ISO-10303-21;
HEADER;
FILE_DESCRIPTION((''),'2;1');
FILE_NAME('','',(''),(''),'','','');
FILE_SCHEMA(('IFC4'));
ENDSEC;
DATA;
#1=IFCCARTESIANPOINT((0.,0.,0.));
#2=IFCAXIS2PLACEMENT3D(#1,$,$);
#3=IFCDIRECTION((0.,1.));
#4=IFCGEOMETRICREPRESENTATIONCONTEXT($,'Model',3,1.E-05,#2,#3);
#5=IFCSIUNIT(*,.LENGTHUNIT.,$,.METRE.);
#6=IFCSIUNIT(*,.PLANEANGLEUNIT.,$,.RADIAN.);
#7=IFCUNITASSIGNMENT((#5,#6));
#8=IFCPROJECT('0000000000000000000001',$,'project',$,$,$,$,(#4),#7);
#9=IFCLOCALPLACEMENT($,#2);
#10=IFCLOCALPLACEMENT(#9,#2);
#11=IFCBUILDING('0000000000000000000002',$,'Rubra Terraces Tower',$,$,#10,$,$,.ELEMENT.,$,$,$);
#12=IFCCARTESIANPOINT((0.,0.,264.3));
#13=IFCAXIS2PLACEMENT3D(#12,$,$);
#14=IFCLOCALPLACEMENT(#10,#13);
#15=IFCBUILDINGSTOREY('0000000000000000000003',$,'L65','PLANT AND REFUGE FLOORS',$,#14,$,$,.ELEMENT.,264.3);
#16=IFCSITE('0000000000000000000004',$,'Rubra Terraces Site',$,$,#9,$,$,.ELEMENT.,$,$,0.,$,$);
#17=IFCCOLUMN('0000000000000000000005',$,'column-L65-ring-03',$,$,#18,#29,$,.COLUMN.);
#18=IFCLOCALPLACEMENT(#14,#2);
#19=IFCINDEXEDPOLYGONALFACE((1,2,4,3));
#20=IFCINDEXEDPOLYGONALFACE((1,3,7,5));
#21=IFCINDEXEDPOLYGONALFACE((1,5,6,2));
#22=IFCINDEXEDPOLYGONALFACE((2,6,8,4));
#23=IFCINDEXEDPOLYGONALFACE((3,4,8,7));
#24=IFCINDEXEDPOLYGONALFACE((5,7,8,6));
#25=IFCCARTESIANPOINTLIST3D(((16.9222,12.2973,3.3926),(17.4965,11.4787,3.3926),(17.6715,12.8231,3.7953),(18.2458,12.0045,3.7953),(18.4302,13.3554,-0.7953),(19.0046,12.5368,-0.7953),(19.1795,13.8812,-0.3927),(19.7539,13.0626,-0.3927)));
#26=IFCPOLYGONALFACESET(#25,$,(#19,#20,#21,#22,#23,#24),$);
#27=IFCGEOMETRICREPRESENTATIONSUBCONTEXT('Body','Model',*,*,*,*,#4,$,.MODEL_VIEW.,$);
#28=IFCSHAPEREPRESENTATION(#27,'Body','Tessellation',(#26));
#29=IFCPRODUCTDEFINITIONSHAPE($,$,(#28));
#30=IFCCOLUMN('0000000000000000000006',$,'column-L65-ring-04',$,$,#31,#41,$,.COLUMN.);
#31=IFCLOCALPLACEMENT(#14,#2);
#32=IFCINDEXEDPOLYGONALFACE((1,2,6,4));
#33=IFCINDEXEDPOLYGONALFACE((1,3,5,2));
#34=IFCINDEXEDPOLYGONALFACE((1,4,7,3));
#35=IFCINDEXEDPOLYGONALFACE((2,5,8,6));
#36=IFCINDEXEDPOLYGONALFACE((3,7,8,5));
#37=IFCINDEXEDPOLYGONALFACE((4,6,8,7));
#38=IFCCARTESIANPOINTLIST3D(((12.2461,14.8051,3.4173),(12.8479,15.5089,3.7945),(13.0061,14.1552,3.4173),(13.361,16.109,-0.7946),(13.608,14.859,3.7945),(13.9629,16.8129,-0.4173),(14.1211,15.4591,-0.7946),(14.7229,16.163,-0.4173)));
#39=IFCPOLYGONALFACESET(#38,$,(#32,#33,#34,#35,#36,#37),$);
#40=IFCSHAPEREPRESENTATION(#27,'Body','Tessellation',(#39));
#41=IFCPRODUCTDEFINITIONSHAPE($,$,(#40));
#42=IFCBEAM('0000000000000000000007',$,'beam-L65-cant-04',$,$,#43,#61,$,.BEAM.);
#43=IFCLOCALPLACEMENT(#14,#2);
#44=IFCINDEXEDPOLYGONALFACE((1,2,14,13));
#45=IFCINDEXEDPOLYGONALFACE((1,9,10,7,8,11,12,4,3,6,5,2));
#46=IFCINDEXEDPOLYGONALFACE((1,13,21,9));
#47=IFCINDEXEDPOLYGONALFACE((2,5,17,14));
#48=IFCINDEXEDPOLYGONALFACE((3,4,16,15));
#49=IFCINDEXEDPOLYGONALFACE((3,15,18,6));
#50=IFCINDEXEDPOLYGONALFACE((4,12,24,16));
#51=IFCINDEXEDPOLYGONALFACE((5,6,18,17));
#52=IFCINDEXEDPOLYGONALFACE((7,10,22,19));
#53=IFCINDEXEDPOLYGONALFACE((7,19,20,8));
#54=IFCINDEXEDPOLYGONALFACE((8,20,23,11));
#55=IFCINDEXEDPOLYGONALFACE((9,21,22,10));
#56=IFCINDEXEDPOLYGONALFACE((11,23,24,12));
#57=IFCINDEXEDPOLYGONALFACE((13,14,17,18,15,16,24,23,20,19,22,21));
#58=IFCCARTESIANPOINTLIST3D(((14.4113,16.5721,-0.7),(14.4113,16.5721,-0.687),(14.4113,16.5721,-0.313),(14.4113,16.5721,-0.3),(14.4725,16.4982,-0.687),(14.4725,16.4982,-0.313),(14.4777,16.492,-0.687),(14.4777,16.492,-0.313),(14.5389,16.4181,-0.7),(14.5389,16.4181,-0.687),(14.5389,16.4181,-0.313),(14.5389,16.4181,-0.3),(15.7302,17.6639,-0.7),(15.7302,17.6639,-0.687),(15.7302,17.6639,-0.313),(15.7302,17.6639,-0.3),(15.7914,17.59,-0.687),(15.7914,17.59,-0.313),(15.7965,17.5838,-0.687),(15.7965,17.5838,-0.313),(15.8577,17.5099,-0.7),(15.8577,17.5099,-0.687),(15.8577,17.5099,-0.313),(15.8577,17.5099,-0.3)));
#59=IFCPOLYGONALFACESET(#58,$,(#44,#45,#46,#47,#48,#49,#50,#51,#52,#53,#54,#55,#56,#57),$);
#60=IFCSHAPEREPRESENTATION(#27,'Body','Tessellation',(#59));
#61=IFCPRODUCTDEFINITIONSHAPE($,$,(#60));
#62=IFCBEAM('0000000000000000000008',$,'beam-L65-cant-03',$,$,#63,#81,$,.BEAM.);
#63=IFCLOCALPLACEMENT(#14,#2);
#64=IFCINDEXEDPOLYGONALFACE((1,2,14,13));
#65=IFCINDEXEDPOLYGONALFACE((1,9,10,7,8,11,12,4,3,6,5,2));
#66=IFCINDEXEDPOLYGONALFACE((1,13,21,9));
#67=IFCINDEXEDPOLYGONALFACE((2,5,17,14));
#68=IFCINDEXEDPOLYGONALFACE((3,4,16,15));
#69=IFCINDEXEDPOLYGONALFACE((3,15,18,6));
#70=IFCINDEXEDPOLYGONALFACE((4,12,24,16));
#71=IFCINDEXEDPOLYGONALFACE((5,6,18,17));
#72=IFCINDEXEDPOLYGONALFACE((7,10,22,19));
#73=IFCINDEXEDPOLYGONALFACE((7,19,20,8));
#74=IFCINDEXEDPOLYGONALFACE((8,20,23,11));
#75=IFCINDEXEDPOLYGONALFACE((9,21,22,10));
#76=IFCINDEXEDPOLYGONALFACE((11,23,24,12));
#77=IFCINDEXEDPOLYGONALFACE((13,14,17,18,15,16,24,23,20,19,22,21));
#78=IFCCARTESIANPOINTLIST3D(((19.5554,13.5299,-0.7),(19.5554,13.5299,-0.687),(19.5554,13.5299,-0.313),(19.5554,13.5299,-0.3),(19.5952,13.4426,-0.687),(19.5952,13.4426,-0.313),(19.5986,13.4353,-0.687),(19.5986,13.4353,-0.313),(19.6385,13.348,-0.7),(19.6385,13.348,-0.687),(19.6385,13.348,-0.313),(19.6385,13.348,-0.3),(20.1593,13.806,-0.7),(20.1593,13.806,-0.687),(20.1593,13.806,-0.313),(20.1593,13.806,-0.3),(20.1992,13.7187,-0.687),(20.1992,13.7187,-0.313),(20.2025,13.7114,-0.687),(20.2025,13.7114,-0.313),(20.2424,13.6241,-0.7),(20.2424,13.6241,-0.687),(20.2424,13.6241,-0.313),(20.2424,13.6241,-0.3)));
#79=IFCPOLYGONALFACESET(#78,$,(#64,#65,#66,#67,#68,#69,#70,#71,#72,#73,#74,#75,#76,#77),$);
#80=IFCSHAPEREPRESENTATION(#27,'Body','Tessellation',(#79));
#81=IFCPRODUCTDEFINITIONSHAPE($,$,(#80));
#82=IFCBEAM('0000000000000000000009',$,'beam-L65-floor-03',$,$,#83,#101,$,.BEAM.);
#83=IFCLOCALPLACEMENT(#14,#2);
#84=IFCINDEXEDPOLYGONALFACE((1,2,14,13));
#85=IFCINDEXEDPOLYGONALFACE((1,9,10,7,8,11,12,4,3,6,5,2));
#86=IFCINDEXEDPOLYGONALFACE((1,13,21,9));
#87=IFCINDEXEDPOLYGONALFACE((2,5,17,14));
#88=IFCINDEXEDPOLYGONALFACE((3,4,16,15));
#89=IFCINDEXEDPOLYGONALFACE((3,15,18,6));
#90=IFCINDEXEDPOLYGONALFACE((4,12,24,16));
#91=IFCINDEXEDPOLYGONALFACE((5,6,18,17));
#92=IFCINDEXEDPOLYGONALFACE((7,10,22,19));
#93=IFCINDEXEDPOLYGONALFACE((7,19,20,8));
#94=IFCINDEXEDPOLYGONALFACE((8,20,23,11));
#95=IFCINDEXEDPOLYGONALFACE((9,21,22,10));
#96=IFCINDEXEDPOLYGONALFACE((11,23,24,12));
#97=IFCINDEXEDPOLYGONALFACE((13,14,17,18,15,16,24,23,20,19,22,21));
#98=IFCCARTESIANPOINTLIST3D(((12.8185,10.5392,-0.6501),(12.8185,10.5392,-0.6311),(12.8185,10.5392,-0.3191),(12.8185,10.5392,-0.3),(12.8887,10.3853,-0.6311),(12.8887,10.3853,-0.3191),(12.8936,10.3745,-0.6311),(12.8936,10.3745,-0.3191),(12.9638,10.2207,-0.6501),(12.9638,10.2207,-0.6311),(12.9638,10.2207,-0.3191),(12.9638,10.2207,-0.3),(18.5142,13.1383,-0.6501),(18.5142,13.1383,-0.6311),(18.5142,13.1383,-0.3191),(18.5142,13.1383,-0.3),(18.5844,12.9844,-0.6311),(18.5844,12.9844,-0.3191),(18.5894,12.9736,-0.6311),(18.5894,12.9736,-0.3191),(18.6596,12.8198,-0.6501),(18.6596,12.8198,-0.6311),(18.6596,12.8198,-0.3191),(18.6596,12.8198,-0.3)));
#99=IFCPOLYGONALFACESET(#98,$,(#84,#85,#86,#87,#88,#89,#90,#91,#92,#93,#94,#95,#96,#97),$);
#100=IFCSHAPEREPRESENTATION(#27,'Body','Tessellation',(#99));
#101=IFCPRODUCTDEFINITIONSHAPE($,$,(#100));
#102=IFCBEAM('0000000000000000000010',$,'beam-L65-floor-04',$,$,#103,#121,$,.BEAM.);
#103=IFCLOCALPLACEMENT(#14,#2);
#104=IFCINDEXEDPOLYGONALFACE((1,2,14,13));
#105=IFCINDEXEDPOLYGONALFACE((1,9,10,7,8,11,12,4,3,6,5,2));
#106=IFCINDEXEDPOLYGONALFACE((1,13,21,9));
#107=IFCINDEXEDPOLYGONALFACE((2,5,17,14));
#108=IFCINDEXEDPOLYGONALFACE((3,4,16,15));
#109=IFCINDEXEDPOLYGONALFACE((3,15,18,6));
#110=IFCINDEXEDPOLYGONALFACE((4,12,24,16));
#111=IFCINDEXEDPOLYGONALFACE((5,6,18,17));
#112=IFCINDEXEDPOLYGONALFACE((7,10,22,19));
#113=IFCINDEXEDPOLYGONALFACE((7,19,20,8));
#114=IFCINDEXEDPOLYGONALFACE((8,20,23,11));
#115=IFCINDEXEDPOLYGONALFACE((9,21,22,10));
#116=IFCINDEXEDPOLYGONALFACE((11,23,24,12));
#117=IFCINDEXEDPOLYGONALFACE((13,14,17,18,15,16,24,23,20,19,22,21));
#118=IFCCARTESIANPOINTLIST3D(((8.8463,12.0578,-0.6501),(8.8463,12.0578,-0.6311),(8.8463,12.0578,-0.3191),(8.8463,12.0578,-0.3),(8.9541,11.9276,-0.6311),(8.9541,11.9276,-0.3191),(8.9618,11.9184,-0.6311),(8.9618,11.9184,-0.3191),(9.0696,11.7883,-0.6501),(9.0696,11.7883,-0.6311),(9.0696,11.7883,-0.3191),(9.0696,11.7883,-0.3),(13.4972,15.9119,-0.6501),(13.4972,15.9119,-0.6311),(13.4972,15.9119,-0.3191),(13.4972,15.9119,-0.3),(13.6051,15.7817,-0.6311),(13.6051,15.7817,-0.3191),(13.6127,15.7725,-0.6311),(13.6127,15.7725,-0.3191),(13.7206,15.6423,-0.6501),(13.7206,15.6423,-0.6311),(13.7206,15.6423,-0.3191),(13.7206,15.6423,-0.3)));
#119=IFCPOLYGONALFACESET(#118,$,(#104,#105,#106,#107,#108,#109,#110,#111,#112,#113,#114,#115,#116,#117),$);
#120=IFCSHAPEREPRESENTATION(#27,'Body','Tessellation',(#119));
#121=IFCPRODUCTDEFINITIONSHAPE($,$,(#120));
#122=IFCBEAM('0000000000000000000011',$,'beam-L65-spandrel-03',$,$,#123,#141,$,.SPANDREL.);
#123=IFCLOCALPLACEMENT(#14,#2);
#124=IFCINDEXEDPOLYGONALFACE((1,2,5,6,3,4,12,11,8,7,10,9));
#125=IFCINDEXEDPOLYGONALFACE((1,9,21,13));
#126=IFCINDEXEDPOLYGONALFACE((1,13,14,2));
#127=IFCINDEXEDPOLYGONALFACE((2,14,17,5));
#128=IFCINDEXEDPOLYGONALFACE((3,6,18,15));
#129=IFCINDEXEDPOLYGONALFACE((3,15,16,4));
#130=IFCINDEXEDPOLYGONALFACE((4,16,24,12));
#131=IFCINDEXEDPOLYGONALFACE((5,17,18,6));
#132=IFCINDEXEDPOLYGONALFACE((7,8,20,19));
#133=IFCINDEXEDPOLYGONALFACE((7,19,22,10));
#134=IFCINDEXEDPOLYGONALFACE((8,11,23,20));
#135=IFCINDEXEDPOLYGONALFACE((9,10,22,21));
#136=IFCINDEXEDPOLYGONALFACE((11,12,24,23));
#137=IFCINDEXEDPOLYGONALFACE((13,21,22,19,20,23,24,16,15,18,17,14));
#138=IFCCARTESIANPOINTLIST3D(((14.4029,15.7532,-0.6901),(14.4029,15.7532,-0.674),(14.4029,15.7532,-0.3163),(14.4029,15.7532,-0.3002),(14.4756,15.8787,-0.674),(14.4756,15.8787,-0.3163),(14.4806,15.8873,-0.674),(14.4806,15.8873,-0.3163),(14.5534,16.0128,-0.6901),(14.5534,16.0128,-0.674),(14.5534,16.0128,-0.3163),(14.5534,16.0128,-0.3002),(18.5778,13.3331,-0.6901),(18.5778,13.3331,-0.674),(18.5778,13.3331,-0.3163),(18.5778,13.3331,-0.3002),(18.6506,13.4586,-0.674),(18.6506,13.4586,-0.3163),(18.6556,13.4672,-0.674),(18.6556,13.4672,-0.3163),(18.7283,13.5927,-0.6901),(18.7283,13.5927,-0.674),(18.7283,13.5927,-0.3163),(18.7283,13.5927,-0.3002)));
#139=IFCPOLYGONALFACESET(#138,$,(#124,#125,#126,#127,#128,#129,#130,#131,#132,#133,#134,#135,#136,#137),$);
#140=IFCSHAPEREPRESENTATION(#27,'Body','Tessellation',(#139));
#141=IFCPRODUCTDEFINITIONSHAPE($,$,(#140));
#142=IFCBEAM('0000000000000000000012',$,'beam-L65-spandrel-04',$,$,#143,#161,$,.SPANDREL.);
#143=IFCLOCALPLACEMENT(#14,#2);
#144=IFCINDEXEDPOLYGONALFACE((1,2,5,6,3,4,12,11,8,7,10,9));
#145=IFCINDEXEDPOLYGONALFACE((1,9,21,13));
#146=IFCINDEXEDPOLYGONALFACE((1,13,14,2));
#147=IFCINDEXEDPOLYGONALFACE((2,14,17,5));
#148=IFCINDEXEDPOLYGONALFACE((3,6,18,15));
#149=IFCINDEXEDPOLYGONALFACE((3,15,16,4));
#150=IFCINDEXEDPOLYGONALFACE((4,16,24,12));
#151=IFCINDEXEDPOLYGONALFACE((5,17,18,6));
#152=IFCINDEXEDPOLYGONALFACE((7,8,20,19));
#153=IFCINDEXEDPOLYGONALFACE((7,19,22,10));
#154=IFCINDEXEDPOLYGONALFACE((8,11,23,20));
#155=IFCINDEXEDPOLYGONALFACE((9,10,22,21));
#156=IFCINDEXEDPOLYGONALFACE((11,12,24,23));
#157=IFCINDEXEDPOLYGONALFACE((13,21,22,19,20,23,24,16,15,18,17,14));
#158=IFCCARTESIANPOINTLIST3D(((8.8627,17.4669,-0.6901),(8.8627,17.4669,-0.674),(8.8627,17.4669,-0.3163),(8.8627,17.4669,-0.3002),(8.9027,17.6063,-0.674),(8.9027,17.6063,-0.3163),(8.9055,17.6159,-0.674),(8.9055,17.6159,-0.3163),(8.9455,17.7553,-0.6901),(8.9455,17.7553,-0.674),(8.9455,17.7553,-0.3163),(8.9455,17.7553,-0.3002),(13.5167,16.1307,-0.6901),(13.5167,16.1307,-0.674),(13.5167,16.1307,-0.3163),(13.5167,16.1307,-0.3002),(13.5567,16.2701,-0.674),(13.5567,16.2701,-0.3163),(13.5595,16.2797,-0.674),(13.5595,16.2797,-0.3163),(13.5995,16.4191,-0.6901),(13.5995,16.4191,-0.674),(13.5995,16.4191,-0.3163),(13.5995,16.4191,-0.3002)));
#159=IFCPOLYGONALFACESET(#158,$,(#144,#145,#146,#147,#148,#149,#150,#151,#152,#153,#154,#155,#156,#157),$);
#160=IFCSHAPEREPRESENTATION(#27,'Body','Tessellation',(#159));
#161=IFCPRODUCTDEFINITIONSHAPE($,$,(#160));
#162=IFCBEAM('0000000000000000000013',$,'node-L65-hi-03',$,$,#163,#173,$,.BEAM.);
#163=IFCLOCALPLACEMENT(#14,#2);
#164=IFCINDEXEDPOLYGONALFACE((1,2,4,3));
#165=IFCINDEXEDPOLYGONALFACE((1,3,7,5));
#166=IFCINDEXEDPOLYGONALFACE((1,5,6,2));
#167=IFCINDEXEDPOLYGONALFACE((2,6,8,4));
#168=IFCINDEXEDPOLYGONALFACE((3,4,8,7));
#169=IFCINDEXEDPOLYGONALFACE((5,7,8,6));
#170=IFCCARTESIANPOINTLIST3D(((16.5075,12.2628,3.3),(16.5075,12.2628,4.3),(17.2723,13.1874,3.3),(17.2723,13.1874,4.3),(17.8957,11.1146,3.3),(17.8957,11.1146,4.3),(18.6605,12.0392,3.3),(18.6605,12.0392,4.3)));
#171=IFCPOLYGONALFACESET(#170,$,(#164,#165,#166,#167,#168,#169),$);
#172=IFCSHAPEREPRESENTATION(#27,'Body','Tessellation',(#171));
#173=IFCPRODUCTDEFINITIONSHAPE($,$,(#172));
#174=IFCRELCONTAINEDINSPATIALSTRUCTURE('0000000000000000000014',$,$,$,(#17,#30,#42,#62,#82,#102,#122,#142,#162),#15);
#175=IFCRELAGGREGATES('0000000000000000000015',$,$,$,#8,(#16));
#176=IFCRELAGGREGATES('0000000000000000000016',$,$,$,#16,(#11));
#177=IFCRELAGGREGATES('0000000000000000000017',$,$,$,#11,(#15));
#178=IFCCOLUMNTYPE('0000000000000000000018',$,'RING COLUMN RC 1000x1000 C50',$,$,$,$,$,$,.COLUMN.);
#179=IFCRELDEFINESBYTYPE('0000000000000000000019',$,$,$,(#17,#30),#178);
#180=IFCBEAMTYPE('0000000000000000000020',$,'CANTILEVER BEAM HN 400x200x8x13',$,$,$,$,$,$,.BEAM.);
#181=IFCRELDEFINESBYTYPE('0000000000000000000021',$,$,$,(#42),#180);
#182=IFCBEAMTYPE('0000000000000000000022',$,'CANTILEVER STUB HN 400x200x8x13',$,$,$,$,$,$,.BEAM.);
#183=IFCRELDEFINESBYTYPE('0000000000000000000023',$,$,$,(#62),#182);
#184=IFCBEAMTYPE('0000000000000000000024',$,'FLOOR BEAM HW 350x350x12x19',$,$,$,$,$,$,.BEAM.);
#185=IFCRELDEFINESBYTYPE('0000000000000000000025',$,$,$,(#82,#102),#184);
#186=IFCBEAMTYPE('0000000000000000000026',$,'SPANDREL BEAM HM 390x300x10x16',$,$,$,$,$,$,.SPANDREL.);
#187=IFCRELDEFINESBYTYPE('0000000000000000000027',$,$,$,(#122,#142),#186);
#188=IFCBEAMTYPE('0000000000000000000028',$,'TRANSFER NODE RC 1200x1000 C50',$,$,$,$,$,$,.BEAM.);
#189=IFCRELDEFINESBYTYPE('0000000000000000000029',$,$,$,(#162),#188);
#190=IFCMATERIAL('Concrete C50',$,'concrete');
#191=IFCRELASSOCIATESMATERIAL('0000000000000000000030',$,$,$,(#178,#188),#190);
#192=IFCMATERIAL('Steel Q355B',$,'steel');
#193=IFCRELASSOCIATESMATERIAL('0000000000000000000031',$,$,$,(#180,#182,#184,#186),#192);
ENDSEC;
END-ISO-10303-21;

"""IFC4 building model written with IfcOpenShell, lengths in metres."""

from ifc_helpers import new_model, si_unit, direction, frame, origin, origin_2d, place, context, subcontext, project, spatial, rectangle, i_section, extrude, material, material_profile, profile_set, type_object, element, save


model = new_model("IFC4")

# Units and contexts
model_context = context("Model", 3, precision=1e-05, world=origin(), true_north=direction((0.0, 1.0)))
body_context = subcontext(model_context, "Body", "Model", "MODEL_VIEW")
ifc_project = project(units=[si_unit("LENGTHUNIT", "METRE"), si_unit("PLANEANGLEUNIT", "RADIAN")], contexts=[model_context])

# Site, building, storey
site_placement = place(None, origin())
site = spatial("IfcSite", under=ifc_project, at=site_placement, Name="Rubra Terraces Site", CompositionType="ELEMENT", RefElevation=0.0)
building_placement = place(site_placement, origin())
building = spatial("IfcBuilding", under=site, at=building_placement, Name="Rubra Terraces Tower", CompositionType="ELEMENT")
storey_placement = place(building_placement, frame((0.0, 0.0, 264.3)))
storey = spatial("IfcBuildingStorey", under=building, at=storey_placement, Name="L65", Description="PLANT AND REFUGE FLOORS", CompositionType="ELEMENT", Elevation=264.3)

# Columns
ifc_material_1 = material(Name="Concrete C50", Category="concrete")
ifc_material_profile_1 = material_profile(ifc_material_1, rectangle(XDim=1.0, YDim=1.0, at=origin_2d()), Name="RC 1000x1000")
ifc_profile_set_1 = profile_set([ifc_material_profile_1], Name="Concrete C50")
column_type = type_object("IfcColumnType", Name="RING COLUMN RC 1000x1000 C50", PredefinedType="COLUMN", material=ifc_profile_set_1)
column_1_placement = place(storey_placement, frame((19.092, 13.209, -0.594), z_axis=(-0.329611, -0.231266, 0.915354), x_axis=(0.57436, -0.818603, 0.0)))
element("IfcColumn", 1, at=column_1_placement, inside=storey, type_object=column_type, Name="column-L65-ring-03", PredefinedType="COLUMN", context=body_context, shape_type="SweptSolid", body=[
    extrude(rectangle(XDim=1.0, YDim=1.0, at=origin_2d()), origin(), (0.0, 0.0, 1.0), 4.5752),
])
column_2_placement = place(storey_placement, frame((14.042, 16.136, -0.606), z_axis=(-0.245164, -0.286714, 0.926116), x_axis=(0.76003, -0.649889, 0.0)))
element("IfcColumn", 2, at=column_2_placement, inside=storey, type_object=column_type, Name="column-L65-ring-04", PredefinedType="COLUMN", context=body_context, shape_type="SweptSolid", body=[
    extrude(rectangle(XDim=1.0, YDim=1.0, at=origin_2d()), origin(), (0.0, 0.0, 1.0), 4.5479),
])

# Beams
ifc_material_2 = material(Name="Steel Q355B", Category="steel")
ifc_material_profile_2 = material_profile(ifc_material_2, i_section(OverallWidth=0.2, OverallDepth=0.3999, WebThickness=0.0081, FlangeThickness=0.0129, at=origin_2d()), Name="HN 400x200x8x13")
ifc_profile_set_2 = profile_set([ifc_material_profile_2], Name="Steel Q355B")
beam_type_1 = type_object("IfcBeamType", Name="CANTILEVER BEAM HN 400x200x8x13", PredefinedType="BEAM", material=ifc_profile_set_2)
beam_1_placement = place(storey_placement, frame((14.4751, 16.4951, -0.5), z_axis=(0.770298, 0.637684, 0.0), x_axis=(-0.637684, 0.770298, 0.0)))
element("IfcBeam", 3, at=beam_1_placement, inside=storey, type_object=beam_type_1, Name="beam-L65-cant-04", PredefinedType="BEAM", context=body_context, shape_type="SweptSolid", body=[
    extrude(i_section(OverallWidth=0.2, OverallDepth=0.3999, WebThickness=0.0081, FlangeThickness=0.0129, at=origin_2d()), origin(), (0.0, 0.0, 1.0), 1.7122),
])
ifc_material_profile_3 = material_profile(ifc_material_2, i_section(OverallWidth=0.2, OverallDepth=0.3999, WebThickness=0.0081, FlangeThickness=0.0129, at=origin_2d()), Name="HN 400x200x8x13")
ifc_profile_set_3 = profile_set([ifc_material_profile_3], Name="Steel Q355B")
beam_type_2 = type_object("IfcBeamType", Name="CANTILEVER STUB HN 400x200x8x13", PredefinedType="BEAM", material=ifc_profile_set_3)
beam_2_placement = place(storey_placement, frame((19.5969, 13.439, -0.5), z_axis=(0.909471, 0.415768, 0.0), x_axis=(-0.415768, 0.909471, 0.0)))
element("IfcBeam", 4, at=beam_2_placement, inside=storey, type_object=beam_type_2, Name="beam-L65-cant-03", PredefinedType="BEAM", context=body_context, shape_type="SweptSolid", body=[
    extrude(i_section(OverallWidth=0.2, OverallDepth=0.3999, WebThickness=0.0081, FlangeThickness=0.0129, at=origin_2d()), origin(), (0.0, 0.0, 1.0), 0.6641),
])
ifc_material_profile_4 = material_profile(ifc_material_2, i_section(OverallWidth=0.3501, OverallDepth=0.3501, WebThickness=0.012, FlangeThickness=0.019, at=origin_2d()), Name="HW 350x350x12x19")
ifc_profile_set_4 = profile_set([ifc_material_profile_4], Name="Steel Q355B")
beam_type_3 = type_object("IfcBeamType", Name="FLOOR BEAM HW 350x350x12x19", PredefinedType="BEAM", material=ifc_profile_set_4)
beam_3_placement = place(storey_placement, frame((18.5869, 12.979, -0.4751), z_axis=(-0.909757, -0.415142, 0.0), x_axis=(0.415142, -0.909757, 0.0)))
element("IfcBeam", 5, at=beam_3_placement, inside=storey, type_object=beam_type_3, Name="beam-L65-floor-03", PredefinedType="BEAM", context=body_context, shape_type="SweptSolid", body=[
    extrude(i_section(OverallWidth=0.3501, OverallDepth=0.3501, WebThickness=0.012, FlangeThickness=0.019, at=origin_2d()), origin(), (0.0, 0.0, 1.0), 6.2607),
])
beam_4_placement = place(storey_placement, frame((13.6089, 15.7771, -0.4751), z_axis=(-0.769988, -0.638059, 0.0), x_axis=(0.638059, -0.769988, 0.0)))
element("IfcBeam", 6, at=beam_4_placement, inside=storey, type_object=beam_type_3, Name="beam-L65-floor-04", PredefinedType="BEAM", context=body_context, shape_type="SweptSolid", body=[
    extrude(i_section(OverallWidth=0.3501, OverallDepth=0.3501, WebThickness=0.012, FlangeThickness=0.019, at=origin_2d()), origin(), (0.0, 0.0, 1.0), 6.0403),
])
ifc_material_profile_5 = material_profile(ifc_material_2, i_section(OverallWidth=0.3, OverallDepth=0.3899, WebThickness=0.01, FlangeThickness=0.0161, at=origin_2d()), Name="HM 390x300x10x16")
ifc_profile_set_5 = profile_set([ifc_material_profile_5], Name="Steel Q355B")
beam_type_4 = type_object("IfcBeamType", Name="SPANDREL BEAM HM 390x300x10x16", PredefinedType="SPANDREL", material=ifc_profile_set_5)
beam_5_placement = place(storey_placement, frame((18.6531, 13.4629, -0.4951), z_axis=(-0.865154, 0.501507, 0.0), x_axis=(-0.501507, -0.865154, 0.0)))
element("IfcBeam", 7, at=beam_5_placement, inside=storey, type_object=beam_type_4, Name="beam-L65-spandrel-03", PredefinedType="SPANDREL", context=body_context, shape_type="SweptSolid", body=[
    extrude(i_section(OverallWidth=0.3, OverallDepth=0.3899, WebThickness=0.01, FlangeThickness=0.0161, at=origin_2d()), origin(), (0.0, 0.0, 1.0), 4.8257),
])
beam_6_placement = place(storey_placement, frame((13.5581, 16.2749, -0.4951), z_axis=(-0.961171, 0.275953, 0.0), x_axis=(-0.275953, -0.961171, 0.0)))
element("IfcBeam", 8, at=beam_6_placement, inside=storey, type_object=beam_type_4, Name="beam-L65-spandrel-04", PredefinedType="SPANDREL", context=body_context, shape_type="SweptSolid", body=[
    extrude(i_section(OverallWidth=0.3, OverallDepth=0.3899, WebThickness=0.01, FlangeThickness=0.0161, at=origin_2d()), origin(), (0.0, 0.0, 1.0), 4.842),
])
ifc_material_profile_6 = material_profile(ifc_material_1, rectangle(XDim=1.2, YDim=1.0, at=origin_2d()), Name="RC 1200x1000")
ifc_profile_set_6 = profile_set([ifc_material_profile_6], Name="Concrete C50")
beam_type_5 = type_object("IfcBeamType", Name="TRANSFER NODE RC 1200x1000 C50", PredefinedType="BEAM", material=ifc_profile_set_6)
beam_7_placement = place(storey_placement, frame((18.2781, 11.5769, 3.8), z_axis=(-0.770571, 0.637354, 0.0), x_axis=(-0.637354, -0.770571, 0.0)))
element("IfcBeam", 9, at=beam_7_placement, inside=storey, type_object=beam_type_5, Name="node-L65-hi-03", PredefinedType="BEAM", context=body_context, shape_type="SweptSolid", body=[
    extrude(rectangle(XDim=1.2, YDim=1.0, at=origin_2d()), origin(), (0.0, 0.0, 1.0), 1.8015),
])

save(model, "model.ifc")
